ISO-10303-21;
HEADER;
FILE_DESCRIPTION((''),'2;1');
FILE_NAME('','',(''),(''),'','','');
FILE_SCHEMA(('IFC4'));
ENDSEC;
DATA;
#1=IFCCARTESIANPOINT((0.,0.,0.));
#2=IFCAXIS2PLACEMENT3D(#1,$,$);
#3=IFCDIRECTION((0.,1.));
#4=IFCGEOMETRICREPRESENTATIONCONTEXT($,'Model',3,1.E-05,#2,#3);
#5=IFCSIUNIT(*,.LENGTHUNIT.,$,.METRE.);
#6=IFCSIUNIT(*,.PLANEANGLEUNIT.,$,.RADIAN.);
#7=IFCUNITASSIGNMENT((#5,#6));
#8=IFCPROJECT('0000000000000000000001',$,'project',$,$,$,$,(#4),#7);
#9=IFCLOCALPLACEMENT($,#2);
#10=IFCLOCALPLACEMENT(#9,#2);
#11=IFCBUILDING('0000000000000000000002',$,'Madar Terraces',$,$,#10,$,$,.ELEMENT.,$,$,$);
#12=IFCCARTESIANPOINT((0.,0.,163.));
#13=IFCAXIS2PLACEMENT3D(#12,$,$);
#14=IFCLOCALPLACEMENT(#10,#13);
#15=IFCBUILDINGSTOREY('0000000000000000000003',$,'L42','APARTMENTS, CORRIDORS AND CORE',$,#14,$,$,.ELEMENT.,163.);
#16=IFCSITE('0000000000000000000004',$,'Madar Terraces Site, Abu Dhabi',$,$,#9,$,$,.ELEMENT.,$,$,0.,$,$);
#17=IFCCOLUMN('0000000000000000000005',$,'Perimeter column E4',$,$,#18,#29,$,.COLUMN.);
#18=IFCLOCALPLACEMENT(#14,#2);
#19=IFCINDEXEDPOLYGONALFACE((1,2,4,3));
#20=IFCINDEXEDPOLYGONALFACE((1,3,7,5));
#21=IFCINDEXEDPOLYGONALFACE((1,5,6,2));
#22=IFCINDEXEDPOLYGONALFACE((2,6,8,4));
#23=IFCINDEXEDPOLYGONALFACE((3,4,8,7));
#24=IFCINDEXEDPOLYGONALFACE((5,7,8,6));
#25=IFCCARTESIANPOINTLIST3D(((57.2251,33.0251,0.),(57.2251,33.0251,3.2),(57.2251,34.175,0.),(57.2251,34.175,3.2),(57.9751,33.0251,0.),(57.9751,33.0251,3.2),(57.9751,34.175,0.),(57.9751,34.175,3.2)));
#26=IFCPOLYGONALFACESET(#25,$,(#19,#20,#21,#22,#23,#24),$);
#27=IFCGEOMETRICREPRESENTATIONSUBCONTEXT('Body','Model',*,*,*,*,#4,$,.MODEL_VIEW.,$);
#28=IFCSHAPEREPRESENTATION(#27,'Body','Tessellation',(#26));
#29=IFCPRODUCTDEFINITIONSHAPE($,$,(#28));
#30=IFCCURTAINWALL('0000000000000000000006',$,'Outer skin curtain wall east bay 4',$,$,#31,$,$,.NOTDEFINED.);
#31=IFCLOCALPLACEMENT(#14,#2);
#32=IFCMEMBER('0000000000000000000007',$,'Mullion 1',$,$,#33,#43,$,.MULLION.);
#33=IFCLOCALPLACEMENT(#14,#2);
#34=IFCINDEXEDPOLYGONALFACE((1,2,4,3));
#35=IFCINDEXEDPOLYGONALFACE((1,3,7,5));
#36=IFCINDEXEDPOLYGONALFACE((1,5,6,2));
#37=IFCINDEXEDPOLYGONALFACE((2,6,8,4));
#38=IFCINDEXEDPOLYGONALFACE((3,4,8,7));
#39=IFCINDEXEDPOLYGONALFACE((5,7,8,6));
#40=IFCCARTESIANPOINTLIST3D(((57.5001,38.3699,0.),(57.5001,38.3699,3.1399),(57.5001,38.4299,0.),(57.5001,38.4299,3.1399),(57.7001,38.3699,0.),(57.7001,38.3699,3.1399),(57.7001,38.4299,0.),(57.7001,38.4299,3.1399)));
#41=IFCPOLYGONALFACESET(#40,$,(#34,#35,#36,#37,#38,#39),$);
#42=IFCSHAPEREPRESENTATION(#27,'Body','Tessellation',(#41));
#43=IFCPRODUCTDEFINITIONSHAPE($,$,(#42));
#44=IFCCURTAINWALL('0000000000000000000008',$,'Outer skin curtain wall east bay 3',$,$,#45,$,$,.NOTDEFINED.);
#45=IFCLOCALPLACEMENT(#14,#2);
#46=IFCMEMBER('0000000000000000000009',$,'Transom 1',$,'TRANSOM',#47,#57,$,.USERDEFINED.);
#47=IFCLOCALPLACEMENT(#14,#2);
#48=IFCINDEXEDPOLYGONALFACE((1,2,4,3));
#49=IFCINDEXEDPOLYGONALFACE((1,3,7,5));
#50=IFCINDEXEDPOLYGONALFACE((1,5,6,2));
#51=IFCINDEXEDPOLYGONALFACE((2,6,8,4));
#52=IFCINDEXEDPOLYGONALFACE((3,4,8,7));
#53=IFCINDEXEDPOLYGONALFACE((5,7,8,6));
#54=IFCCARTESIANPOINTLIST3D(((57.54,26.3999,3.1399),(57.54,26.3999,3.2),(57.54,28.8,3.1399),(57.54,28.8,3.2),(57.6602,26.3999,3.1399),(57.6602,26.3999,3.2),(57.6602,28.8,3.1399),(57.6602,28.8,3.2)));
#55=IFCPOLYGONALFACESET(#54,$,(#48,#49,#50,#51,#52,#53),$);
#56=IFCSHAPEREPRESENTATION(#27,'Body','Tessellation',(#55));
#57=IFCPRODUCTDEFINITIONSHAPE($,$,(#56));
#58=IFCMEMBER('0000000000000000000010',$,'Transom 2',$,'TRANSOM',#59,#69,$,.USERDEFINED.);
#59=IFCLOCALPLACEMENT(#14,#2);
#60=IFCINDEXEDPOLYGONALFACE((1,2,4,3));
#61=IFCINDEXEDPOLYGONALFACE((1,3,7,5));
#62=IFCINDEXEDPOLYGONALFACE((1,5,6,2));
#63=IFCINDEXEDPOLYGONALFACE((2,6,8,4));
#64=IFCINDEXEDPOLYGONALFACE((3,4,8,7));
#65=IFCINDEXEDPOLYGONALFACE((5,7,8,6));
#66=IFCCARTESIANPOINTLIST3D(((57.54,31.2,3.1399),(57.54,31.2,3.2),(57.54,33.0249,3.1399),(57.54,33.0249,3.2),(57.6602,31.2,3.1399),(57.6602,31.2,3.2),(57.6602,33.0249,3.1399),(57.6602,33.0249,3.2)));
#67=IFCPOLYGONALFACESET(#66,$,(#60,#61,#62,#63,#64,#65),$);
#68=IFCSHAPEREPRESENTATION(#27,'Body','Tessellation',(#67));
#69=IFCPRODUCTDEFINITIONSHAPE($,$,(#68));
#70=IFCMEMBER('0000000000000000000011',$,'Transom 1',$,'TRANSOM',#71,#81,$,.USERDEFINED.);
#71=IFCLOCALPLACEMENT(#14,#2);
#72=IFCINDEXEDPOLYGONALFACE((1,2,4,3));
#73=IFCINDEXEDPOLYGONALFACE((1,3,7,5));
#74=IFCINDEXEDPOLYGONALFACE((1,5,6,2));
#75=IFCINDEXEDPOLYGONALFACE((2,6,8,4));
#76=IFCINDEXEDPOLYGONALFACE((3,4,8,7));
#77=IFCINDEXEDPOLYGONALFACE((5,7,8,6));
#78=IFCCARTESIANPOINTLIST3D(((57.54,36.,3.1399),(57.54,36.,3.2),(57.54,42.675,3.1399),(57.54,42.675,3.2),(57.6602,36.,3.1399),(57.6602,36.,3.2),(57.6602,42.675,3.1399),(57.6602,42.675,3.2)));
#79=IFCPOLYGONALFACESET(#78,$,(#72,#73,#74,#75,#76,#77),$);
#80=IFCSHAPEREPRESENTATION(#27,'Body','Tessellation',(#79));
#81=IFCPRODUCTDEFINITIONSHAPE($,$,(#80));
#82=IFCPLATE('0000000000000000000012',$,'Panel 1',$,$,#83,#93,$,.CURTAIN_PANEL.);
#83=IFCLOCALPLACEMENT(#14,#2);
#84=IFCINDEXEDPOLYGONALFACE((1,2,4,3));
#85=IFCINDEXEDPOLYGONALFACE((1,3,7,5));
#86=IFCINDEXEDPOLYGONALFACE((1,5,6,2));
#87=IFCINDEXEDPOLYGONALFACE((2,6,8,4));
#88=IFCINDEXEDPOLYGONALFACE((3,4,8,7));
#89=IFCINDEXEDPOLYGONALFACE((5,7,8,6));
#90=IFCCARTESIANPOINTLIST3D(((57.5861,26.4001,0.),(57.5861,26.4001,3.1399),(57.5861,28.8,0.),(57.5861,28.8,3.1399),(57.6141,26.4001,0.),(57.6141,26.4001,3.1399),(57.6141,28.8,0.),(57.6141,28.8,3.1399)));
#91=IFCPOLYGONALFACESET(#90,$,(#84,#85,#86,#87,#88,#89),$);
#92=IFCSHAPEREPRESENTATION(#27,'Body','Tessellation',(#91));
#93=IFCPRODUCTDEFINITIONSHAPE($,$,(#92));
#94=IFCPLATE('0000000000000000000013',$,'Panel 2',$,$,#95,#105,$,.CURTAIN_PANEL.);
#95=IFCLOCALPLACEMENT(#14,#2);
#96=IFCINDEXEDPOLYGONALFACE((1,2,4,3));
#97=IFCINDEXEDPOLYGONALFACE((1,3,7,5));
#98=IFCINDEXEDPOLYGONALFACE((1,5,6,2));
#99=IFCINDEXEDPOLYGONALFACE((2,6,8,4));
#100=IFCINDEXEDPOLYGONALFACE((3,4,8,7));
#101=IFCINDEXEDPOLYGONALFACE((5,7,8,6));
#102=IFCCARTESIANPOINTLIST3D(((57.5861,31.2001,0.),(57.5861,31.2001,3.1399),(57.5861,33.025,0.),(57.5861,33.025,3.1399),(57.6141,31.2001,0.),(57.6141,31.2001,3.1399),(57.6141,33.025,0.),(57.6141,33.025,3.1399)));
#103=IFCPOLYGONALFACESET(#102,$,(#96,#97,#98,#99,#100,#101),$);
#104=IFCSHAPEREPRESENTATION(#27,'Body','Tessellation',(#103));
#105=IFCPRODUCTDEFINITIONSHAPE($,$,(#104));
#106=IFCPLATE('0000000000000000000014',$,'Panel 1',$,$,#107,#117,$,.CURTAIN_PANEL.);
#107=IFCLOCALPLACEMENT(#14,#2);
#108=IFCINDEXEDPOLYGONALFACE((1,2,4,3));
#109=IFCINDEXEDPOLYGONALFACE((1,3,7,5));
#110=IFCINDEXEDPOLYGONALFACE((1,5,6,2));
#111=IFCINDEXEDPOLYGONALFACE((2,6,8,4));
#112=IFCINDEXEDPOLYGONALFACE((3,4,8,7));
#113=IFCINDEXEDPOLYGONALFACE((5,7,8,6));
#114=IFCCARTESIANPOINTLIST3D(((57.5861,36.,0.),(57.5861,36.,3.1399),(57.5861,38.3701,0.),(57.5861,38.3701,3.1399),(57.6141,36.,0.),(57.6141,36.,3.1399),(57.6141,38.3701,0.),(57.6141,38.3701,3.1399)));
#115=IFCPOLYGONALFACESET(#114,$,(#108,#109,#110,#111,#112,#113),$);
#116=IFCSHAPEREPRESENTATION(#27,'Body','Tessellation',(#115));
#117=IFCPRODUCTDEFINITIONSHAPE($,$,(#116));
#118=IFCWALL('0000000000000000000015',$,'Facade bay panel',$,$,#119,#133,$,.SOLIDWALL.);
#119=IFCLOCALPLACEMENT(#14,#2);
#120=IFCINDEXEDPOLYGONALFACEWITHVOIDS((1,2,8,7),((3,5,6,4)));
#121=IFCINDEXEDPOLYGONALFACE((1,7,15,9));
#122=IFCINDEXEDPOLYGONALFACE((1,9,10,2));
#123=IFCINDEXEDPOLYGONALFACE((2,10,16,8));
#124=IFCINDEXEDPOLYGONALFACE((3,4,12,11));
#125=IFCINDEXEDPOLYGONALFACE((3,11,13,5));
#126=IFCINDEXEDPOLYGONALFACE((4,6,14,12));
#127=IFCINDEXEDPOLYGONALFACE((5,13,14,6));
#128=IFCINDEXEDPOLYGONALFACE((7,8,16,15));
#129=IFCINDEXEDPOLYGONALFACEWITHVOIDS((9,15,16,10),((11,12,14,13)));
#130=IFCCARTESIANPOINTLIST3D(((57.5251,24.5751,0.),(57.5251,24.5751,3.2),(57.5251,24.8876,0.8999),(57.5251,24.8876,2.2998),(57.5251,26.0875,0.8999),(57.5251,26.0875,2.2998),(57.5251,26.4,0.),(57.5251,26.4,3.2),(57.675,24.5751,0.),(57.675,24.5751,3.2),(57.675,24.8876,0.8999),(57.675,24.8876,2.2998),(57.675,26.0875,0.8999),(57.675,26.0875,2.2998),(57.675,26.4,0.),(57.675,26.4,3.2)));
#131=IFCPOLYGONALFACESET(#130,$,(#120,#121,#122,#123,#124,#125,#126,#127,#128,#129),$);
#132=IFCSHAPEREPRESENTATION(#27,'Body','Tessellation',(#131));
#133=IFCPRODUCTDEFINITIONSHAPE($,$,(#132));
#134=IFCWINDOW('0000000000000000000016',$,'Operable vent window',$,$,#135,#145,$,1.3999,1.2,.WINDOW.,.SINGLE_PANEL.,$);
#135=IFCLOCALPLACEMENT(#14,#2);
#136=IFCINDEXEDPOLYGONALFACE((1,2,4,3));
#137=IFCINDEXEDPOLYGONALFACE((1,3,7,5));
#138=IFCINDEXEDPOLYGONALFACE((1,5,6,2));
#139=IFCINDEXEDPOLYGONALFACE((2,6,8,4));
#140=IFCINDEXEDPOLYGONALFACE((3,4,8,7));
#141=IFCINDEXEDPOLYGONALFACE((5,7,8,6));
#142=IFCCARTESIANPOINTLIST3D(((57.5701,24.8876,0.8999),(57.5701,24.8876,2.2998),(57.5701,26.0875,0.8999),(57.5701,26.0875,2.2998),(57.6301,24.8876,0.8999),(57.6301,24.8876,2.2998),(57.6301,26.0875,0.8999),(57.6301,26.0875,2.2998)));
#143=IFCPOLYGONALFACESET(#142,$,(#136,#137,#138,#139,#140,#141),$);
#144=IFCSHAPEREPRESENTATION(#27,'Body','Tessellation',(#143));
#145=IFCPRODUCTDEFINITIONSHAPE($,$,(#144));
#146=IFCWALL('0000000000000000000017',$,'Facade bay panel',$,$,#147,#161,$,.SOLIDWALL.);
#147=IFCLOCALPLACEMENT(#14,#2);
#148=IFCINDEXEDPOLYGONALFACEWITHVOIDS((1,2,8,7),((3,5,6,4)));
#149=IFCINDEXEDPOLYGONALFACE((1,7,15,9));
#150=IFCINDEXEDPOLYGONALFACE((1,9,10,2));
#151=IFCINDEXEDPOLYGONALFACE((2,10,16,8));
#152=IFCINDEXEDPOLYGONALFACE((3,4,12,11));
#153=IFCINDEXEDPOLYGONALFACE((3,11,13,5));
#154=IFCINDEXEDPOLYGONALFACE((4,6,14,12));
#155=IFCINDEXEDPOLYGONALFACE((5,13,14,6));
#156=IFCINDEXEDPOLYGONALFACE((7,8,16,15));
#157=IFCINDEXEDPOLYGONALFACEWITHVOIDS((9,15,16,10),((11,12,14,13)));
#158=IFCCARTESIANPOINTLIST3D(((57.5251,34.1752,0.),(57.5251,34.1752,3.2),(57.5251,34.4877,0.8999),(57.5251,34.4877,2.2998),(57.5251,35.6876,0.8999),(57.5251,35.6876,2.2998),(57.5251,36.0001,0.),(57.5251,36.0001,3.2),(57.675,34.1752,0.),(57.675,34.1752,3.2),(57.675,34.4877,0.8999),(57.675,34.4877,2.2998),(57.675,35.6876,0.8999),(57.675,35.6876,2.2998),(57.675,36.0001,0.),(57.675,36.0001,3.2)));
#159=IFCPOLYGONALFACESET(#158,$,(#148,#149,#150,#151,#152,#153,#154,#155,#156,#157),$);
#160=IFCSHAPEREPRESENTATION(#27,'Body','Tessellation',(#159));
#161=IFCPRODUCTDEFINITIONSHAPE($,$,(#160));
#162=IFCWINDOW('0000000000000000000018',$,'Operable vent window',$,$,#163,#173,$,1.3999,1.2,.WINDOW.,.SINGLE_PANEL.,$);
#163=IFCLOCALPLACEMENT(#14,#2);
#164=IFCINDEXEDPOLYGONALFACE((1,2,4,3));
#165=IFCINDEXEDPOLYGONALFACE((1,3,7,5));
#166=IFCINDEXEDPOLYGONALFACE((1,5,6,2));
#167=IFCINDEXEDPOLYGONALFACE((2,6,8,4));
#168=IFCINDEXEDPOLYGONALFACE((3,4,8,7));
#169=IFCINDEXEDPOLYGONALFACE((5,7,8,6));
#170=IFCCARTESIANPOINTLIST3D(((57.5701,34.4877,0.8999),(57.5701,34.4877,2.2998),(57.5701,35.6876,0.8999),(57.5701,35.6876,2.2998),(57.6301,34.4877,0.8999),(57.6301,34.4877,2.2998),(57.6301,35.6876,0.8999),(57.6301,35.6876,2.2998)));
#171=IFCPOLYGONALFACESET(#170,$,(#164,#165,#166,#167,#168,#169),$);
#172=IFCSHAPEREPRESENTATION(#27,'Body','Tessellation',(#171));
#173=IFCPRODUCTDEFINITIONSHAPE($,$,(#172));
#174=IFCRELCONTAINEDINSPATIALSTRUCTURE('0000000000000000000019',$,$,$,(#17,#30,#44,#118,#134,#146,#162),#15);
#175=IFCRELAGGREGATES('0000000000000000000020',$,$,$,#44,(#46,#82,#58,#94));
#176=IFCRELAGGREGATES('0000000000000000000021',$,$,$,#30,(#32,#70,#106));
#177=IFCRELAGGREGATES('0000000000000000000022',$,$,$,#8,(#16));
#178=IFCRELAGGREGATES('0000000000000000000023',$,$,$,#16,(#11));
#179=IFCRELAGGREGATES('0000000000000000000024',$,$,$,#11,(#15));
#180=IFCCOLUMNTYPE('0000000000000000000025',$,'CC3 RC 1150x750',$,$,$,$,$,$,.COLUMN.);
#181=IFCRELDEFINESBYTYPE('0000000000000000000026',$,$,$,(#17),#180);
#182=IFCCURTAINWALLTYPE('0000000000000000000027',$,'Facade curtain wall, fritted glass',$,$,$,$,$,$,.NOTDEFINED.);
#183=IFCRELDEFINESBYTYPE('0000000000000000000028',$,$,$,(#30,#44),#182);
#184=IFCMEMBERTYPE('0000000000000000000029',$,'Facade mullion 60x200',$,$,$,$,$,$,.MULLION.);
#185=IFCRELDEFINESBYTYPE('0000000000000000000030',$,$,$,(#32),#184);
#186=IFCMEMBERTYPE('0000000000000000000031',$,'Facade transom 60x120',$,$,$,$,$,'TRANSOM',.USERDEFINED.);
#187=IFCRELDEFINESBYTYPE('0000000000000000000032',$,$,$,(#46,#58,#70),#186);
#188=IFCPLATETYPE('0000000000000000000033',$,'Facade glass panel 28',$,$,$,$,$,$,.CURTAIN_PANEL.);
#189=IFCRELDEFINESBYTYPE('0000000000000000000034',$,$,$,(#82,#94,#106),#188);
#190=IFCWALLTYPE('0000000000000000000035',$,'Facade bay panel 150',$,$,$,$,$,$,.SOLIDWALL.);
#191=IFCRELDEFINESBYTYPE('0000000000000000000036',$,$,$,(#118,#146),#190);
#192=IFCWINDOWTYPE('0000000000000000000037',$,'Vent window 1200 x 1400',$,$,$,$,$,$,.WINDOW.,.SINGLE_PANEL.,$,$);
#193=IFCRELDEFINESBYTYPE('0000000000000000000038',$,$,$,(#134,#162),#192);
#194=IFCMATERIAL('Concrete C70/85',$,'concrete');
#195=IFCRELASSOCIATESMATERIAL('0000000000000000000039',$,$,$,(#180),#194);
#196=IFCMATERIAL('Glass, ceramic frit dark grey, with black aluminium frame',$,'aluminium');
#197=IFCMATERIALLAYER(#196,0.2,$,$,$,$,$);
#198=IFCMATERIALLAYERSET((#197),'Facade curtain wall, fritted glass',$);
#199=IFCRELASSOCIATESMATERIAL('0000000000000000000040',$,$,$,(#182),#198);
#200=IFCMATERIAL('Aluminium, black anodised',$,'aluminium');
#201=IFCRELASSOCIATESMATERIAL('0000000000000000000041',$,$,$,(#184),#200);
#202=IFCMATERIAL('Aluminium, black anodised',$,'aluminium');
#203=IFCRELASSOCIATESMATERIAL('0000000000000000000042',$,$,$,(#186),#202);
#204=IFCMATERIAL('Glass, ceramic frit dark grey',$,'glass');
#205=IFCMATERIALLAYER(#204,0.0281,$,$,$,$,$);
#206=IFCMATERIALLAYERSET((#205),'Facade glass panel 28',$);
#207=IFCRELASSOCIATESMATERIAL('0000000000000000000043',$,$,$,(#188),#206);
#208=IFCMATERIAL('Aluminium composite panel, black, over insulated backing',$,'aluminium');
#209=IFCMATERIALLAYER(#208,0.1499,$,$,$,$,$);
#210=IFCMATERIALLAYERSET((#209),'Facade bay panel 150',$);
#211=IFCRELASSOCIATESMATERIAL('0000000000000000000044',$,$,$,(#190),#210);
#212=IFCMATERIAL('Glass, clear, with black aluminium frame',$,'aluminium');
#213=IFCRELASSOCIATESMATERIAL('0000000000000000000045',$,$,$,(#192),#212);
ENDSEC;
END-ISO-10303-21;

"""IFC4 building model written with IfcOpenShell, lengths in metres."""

from ifc_helpers import new_model, si_unit, direction, frame, frame_2d, origin, origin_2d, place, context, subcontext, project, spatial, rectangle, extrude, material, layer, layer_set, material_profile, profile_set, type_object, element, fill, aggregate, save


model = new_model("IFC4")

# Units and contexts
model_context = context("Model", 3, precision=1e-05, world=origin(), true_north=direction((0.0, 1.0)))
body_context = subcontext(model_context, "Body", "Model", "MODEL_VIEW")
ifc_project = project(units=[si_unit("LENGTHUNIT", "METRE"), si_unit("PLANEANGLEUNIT", "RADIAN")], contexts=[model_context])

# Site, building, storey
site_placement = place(None, origin())
site = spatial("IfcSite", under=ifc_project, at=site_placement, Name="Madar Terraces Site, Abu Dhabi", CompositionType="ELEMENT", RefElevation=0.0)
building_placement = place(site_placement, origin())
building = spatial("IfcBuilding", under=site, at=building_placement, Name="Madar Terraces", CompositionType="ELEMENT")
storey_placement = place(building_placement, frame((0.0, 0.0, 163.0)))
storey = spatial("IfcBuildingStorey", under=building, at=storey_placement, Name="L42", Description="APARTMENTS, CORRIDORS AND CORE", CompositionType="ELEMENT", Elevation=163.0)

# Column
ifc_material_1 = material(Name="Concrete C70/85", Category="concrete")
ifc_material_profile_1 = material_profile(ifc_material_1, rectangle(XDim=1.1499, YDim=0.75, at=origin_2d()), Name="CC3 RC 1150x750")
ifc_profile_set_1 = profile_set([ifc_material_profile_1], Name="Concrete C70/85")
column_type = type_object("IfcColumnType", Name="CC3 RC 1150x750", PredefinedType="COLUMN", material=ifc_profile_set_1)
column_placement = place(storey_placement, frame((57.6001, 33.6001, 0.0), z_axis=(0.0, 0.0, 1.0), x_axis=(0.0, 1.0, 0.0)))
element("IfcColumn", 1, at=column_placement, inside=storey, type_object=column_type, Name="Perimeter column E4", PredefinedType="COLUMN", context=body_context, shape_type="SweptSolid", body=[
    extrude(rectangle(XDim=1.1499, YDim=0.75, at=origin_2d()), origin(), (0.0, 0.0, 1.0), 3.2),
])

# Curtain wall, member
ifc_material_2 = material(Name="Glass, ceramic frit dark grey, with black aluminium frame", Category="aluminium")
ifc_layer_1 = layer(ifc_material_2, 0.2)
ifc_layer_set_1 = layer_set([ifc_layer_1], Name="Facade curtain wall, fritted glass")
curtain_wall_type = type_object("IfcCurtainWallType", Name="Facade curtain wall, fritted glass", PredefinedType="NOTDEFINED", material=ifc_layer_set_1)
curtain_wall_1_placement = place(storey_placement, origin())
curtain_wall_1 = element("IfcCurtainWall", 2, at=curtain_wall_1_placement, inside=storey, type_object=curtain_wall_type, Name="Outer skin curtain wall east bay 4", PredefinedType="NOTDEFINED")
ifc_material_3 = material(Name="Aluminium, black anodised", Category="aluminium")
ifc_material_profile_2 = material_profile(ifc_material_3, rectangle(XDim=0.2, YDim=0.0601, at=origin_2d()), Name="Facade mullion 60x200")
ifc_profile_set_2 = profile_set([ifc_material_profile_2], Name="Aluminium, black anodised")
member_type_1 = type_object("IfcMemberType", Name="Facade mullion 60x200", PredefinedType="MULLION", material=ifc_profile_set_2)
member_1_placement = place(storey_placement, frame((57.6001, 38.3999, 0.0), z_axis=(0.0, 0.0, 1.0), x_axis=(-1.0, 0.0, 0.0)))
member_1 = element("IfcMember", 3, at=member_1_placement, type_object=member_type_1, Name="Mullion 1", PredefinedType="MULLION", context=body_context, shape_type="SweptSolid", body=[
    extrude(rectangle(XDim=0.2, YDim=0.0601, at=origin_2d()), origin(), (0.0, 0.0, 1.0), 3.1399),
])

# Curtain wall, members
curtain_wall_2_placement = place(storey_placement, origin())
curtain_wall_2 = element("IfcCurtainWall", 4, at=curtain_wall_2_placement, inside=storey, type_object=curtain_wall_type, Name="Outer skin curtain wall east bay 3", PredefinedType="NOTDEFINED")
ifc_material_4 = material(Name="Aluminium, black anodised", Category="aluminium")
ifc_material_profile_3 = material_profile(ifc_material_4, rectangle(XDim=0.1201, YDim=0.0601, at=origin_2d()), Name="Facade transom 60x120")
ifc_profile_set_3 = profile_set([ifc_material_profile_3], Name="Aluminium, black anodised")
member_type_2 = type_object("IfcMemberType", Name="Facade transom 60x120", ElementType="TRANSOM", PredefinedType="USERDEFINED", material=ifc_profile_set_3)
member_2_placement = place(storey_placement, frame((57.6001, 26.3999, 3.1699), z_axis=(0.0, 1.0, 0.0), x_axis=(-1.0, 0.0, 0.0)))
member_2 = element("IfcMember", 5, at=member_2_placement, type_object=member_type_2, Name="Transom 1", ObjectType="TRANSOM", PredefinedType="USERDEFINED", context=body_context, shape_type="SweptSolid", body=[
    extrude(rectangle(XDim=0.1201, YDim=0.0601, at=origin_2d()), origin(), (0.0, 0.0, 1.0), 2.4001),
])
member_3_placement = place(storey_placement, frame((57.6001, 31.2, 3.1699), z_axis=(0.0, 1.0, 0.0), x_axis=(-1.0, 0.0, 0.0)))
member_3 = element("IfcMember", 6, at=member_3_placement, type_object=member_type_2, Name="Transom 2", ObjectType="TRANSOM", PredefinedType="USERDEFINED", context=body_context, shape_type="SweptSolid", body=[
    extrude(rectangle(XDim=0.1201, YDim=0.0601, at=origin_2d()), origin(), (0.0, 0.0, 1.0), 1.825),
])

# Member
member_4_placement = place(storey_placement, frame((57.6001, 36.0, 3.1699), z_axis=(0.0, 1.0, 0.0), x_axis=(-1.0, 0.0, 0.0)))
member_4 = element("IfcMember", 7, at=member_4_placement, type_object=member_type_2, Name="Transom 1", ObjectType="TRANSOM", PredefinedType="USERDEFINED", context=body_context, shape_type="SweptSolid", body=[
    extrude(rectangle(XDim=0.1201, YDim=0.0601, at=origin_2d()), origin(), (0.0, 0.0, 1.0), 6.675),
])

# Plates
ifc_material_5 = material(Name="Glass, ceramic frit dark grey", Category="glass")
ifc_layer_2 = layer(ifc_material_5, 0.0281)
ifc_layer_set_2 = layer_set([ifc_layer_2], Name="Facade glass panel 28")
plate_type = type_object("IfcPlateType", Name="Facade glass panel 28", PredefinedType="CURTAIN_PANEL", material=ifc_layer_set_2)
plate_1_placement = place(storey_placement, frame((57.6001, 27.6001, 0.0), z_axis=(0.0, 0.0, 1.0), x_axis=(0.0, 1.0, 0.0)))
plate_1 = element("IfcPlate", 8, at=plate_1_placement, type_object=plate_type, Name="Panel 1", PredefinedType="CURTAIN_PANEL", context=body_context, shape_type="SweptSolid", body=[
    extrude(rectangle(XDim=2.3999, YDim=0.0281, at=origin_2d()), origin(), (0.0, 0.0, 1.0), 3.1399),
])
plate_2_placement = place(storey_placement, frame((57.6001, 32.1125, 0.0), z_axis=(0.0, 0.0, 1.0), x_axis=(0.0, 1.0, 0.0)))
plate_2 = element("IfcPlate", 9, at=plate_2_placement, type_object=plate_type, Name="Panel 2", PredefinedType="CURTAIN_PANEL", context=body_context, shape_type="SweptSolid", body=[
    extrude(rectangle(XDim=1.825, YDim=0.0281, at=origin_2d()), origin(), (0.0, 0.0, 1.0), 3.1399),
])
aggregate(curtain_wall_2, [member_2, plate_1, member_3, plate_2])
plate_3_placement = place(storey_placement, frame((57.6001, 37.1851, 0.0), z_axis=(0.0, 0.0, 1.0), x_axis=(0.0, 1.0, 0.0)))
plate_3 = element("IfcPlate", 10, at=plate_3_placement, type_object=plate_type, Name="Panel 1", PredefinedType="CURTAIN_PANEL", context=body_context, shape_type="SweptSolid", body=[
    extrude(rectangle(XDim=2.3701, YDim=0.0281, at=origin_2d()), origin(), (0.0, 0.0, 1.0), 3.1399),
])
aggregate(curtain_wall_1, [member_1, member_4, plate_3])

# Wall, opening, window
ifc_material_6 = material(Name="Aluminium composite panel, black, over insulated backing", Category="aluminium")
ifc_layer_3 = layer(ifc_material_6, 0.1499)
ifc_layer_set_3 = layer_set([ifc_layer_3], Name="Facade bay panel 150")
wall_type_1 = type_object("IfcWallType", Name="Facade bay panel 150", PredefinedType="SOLIDWALL", material=ifc_layer_set_3)
wall_1_placement = place(storey_placement, frame((57.6001, 24.575, 0.0), z_axis=(0.0, 0.0, 1.0), x_axis=(0.0, 1.0, 0.0)))
wall_1 = element("IfcWall", 11, at=wall_1_placement, inside=storey, type_object=wall_type_1, Name="Facade bay panel", PredefinedType="SOLIDWALL", context=body_context, shape_type="SweptSolid", body=[
    extrude(rectangle(XDim=1.825, YDim=0.1499, at=frame_2d((0.9126, 0.0))), origin(), (0.0, 0.0, 1.0), 3.2),
])
opening_1_placement = place(wall_1_placement, frame((0.3125, 0.0, 0.8999)))
opening_1 = element("IfcOpeningElement", 12, at=opening_1_placement, cuts=wall_1, PredefinedType="OPENING", context=body_context, shape_type="SweptSolid", body=[
    extrude(rectangle(XDim=1.2, YDim=1.3999, at=frame_2d((0.6001, 0.7))), frame((0.0, 0.085, 0.0), z_axis=(0.0, -1.0, 0.0), x_axis=(1.0, 0.0, 0.0)), (0.0, 0.0, 1.0), 0.1699),
])
ifc_material_7 = material(Name="Glass, clear, with black aluminium frame", Category="aluminium")
window_type = type_object("IfcWindowType", Name="Vent window 1200 x 1400", PartitioningType="SINGLE_PANEL", PredefinedType="WINDOW", material=ifc_material_7)
window_1_placement = place(opening_1_placement, origin())
window_1 = element("IfcWindow", 13, at=window_1_placement, inside=storey, type_object=window_type, Name="Operable vent window", OverallHeight=1.3999, OverallWidth=1.2, PartitioningType="SINGLE_PANEL", PredefinedType="WINDOW", context=body_context, shape_type="SweptSolid", body=[
    extrude(rectangle(XDim=1.2, YDim=1.3999, at=frame_2d((0.6001, 0.7))), frame((0.0, 0.03, 0.0), z_axis=(0.0, -1.0, 0.0), x_axis=(1.0, 0.0, 0.0)), (0.0, 0.0, 1.0), 0.0601),
])
fill(opening_1, window_1)

# Wall, opening, window
wall_2_placement = place(storey_placement, frame((57.6001, 34.175, 0.0), z_axis=(0.0, 0.0, 1.0), x_axis=(0.0, 1.0, 0.0)))
wall_2 = element("IfcWall", 14, at=wall_2_placement, inside=storey, type_object=wall_type_1, Name="Facade bay panel", PredefinedType="SOLIDWALL", context=body_context, shape_type="SweptSolid", body=[
    extrude(rectangle(XDim=1.825, YDim=0.1499, at=frame_2d((0.9126, 0.0))), origin(), (0.0, 0.0, 1.0), 3.2),
])
opening_2_placement = place(wall_2_placement, frame((0.3125, 0.0, 0.8999)))
opening_2 = element("IfcOpeningElement", 15, at=opening_2_placement, cuts=wall_2, PredefinedType="OPENING", context=body_context, shape_type="SweptSolid", body=[
    extrude(rectangle(XDim=1.2, YDim=1.3999, at=frame_2d((0.6001, 0.7))), frame((0.0, 0.085, 0.0), z_axis=(0.0, -1.0, 0.0), x_axis=(1.0, 0.0, 0.0)), (0.0, 0.0, 1.0), 0.1699),
])
window_2_placement = place(opening_2_placement, origin())
window_2 = element("IfcWindow", 16, at=window_2_placement, inside=storey, type_object=window_type, Name="Operable vent window", OverallHeight=1.3999, OverallWidth=1.2, PartitioningType="SINGLE_PANEL", PredefinedType="WINDOW", context=body_context, shape_type="SweptSolid", body=[
    extrude(rectangle(XDim=1.2, YDim=1.3999, at=frame_2d((0.6001, 0.7))), frame((0.0, 0.03, 0.0), z_axis=(0.0, -1.0, 0.0), x_axis=(1.0, 0.0, 0.0)), (0.0, 0.0, 1.0), 0.0601),
])
fill(opening_2, window_2)

save(model, "model.ifc")
